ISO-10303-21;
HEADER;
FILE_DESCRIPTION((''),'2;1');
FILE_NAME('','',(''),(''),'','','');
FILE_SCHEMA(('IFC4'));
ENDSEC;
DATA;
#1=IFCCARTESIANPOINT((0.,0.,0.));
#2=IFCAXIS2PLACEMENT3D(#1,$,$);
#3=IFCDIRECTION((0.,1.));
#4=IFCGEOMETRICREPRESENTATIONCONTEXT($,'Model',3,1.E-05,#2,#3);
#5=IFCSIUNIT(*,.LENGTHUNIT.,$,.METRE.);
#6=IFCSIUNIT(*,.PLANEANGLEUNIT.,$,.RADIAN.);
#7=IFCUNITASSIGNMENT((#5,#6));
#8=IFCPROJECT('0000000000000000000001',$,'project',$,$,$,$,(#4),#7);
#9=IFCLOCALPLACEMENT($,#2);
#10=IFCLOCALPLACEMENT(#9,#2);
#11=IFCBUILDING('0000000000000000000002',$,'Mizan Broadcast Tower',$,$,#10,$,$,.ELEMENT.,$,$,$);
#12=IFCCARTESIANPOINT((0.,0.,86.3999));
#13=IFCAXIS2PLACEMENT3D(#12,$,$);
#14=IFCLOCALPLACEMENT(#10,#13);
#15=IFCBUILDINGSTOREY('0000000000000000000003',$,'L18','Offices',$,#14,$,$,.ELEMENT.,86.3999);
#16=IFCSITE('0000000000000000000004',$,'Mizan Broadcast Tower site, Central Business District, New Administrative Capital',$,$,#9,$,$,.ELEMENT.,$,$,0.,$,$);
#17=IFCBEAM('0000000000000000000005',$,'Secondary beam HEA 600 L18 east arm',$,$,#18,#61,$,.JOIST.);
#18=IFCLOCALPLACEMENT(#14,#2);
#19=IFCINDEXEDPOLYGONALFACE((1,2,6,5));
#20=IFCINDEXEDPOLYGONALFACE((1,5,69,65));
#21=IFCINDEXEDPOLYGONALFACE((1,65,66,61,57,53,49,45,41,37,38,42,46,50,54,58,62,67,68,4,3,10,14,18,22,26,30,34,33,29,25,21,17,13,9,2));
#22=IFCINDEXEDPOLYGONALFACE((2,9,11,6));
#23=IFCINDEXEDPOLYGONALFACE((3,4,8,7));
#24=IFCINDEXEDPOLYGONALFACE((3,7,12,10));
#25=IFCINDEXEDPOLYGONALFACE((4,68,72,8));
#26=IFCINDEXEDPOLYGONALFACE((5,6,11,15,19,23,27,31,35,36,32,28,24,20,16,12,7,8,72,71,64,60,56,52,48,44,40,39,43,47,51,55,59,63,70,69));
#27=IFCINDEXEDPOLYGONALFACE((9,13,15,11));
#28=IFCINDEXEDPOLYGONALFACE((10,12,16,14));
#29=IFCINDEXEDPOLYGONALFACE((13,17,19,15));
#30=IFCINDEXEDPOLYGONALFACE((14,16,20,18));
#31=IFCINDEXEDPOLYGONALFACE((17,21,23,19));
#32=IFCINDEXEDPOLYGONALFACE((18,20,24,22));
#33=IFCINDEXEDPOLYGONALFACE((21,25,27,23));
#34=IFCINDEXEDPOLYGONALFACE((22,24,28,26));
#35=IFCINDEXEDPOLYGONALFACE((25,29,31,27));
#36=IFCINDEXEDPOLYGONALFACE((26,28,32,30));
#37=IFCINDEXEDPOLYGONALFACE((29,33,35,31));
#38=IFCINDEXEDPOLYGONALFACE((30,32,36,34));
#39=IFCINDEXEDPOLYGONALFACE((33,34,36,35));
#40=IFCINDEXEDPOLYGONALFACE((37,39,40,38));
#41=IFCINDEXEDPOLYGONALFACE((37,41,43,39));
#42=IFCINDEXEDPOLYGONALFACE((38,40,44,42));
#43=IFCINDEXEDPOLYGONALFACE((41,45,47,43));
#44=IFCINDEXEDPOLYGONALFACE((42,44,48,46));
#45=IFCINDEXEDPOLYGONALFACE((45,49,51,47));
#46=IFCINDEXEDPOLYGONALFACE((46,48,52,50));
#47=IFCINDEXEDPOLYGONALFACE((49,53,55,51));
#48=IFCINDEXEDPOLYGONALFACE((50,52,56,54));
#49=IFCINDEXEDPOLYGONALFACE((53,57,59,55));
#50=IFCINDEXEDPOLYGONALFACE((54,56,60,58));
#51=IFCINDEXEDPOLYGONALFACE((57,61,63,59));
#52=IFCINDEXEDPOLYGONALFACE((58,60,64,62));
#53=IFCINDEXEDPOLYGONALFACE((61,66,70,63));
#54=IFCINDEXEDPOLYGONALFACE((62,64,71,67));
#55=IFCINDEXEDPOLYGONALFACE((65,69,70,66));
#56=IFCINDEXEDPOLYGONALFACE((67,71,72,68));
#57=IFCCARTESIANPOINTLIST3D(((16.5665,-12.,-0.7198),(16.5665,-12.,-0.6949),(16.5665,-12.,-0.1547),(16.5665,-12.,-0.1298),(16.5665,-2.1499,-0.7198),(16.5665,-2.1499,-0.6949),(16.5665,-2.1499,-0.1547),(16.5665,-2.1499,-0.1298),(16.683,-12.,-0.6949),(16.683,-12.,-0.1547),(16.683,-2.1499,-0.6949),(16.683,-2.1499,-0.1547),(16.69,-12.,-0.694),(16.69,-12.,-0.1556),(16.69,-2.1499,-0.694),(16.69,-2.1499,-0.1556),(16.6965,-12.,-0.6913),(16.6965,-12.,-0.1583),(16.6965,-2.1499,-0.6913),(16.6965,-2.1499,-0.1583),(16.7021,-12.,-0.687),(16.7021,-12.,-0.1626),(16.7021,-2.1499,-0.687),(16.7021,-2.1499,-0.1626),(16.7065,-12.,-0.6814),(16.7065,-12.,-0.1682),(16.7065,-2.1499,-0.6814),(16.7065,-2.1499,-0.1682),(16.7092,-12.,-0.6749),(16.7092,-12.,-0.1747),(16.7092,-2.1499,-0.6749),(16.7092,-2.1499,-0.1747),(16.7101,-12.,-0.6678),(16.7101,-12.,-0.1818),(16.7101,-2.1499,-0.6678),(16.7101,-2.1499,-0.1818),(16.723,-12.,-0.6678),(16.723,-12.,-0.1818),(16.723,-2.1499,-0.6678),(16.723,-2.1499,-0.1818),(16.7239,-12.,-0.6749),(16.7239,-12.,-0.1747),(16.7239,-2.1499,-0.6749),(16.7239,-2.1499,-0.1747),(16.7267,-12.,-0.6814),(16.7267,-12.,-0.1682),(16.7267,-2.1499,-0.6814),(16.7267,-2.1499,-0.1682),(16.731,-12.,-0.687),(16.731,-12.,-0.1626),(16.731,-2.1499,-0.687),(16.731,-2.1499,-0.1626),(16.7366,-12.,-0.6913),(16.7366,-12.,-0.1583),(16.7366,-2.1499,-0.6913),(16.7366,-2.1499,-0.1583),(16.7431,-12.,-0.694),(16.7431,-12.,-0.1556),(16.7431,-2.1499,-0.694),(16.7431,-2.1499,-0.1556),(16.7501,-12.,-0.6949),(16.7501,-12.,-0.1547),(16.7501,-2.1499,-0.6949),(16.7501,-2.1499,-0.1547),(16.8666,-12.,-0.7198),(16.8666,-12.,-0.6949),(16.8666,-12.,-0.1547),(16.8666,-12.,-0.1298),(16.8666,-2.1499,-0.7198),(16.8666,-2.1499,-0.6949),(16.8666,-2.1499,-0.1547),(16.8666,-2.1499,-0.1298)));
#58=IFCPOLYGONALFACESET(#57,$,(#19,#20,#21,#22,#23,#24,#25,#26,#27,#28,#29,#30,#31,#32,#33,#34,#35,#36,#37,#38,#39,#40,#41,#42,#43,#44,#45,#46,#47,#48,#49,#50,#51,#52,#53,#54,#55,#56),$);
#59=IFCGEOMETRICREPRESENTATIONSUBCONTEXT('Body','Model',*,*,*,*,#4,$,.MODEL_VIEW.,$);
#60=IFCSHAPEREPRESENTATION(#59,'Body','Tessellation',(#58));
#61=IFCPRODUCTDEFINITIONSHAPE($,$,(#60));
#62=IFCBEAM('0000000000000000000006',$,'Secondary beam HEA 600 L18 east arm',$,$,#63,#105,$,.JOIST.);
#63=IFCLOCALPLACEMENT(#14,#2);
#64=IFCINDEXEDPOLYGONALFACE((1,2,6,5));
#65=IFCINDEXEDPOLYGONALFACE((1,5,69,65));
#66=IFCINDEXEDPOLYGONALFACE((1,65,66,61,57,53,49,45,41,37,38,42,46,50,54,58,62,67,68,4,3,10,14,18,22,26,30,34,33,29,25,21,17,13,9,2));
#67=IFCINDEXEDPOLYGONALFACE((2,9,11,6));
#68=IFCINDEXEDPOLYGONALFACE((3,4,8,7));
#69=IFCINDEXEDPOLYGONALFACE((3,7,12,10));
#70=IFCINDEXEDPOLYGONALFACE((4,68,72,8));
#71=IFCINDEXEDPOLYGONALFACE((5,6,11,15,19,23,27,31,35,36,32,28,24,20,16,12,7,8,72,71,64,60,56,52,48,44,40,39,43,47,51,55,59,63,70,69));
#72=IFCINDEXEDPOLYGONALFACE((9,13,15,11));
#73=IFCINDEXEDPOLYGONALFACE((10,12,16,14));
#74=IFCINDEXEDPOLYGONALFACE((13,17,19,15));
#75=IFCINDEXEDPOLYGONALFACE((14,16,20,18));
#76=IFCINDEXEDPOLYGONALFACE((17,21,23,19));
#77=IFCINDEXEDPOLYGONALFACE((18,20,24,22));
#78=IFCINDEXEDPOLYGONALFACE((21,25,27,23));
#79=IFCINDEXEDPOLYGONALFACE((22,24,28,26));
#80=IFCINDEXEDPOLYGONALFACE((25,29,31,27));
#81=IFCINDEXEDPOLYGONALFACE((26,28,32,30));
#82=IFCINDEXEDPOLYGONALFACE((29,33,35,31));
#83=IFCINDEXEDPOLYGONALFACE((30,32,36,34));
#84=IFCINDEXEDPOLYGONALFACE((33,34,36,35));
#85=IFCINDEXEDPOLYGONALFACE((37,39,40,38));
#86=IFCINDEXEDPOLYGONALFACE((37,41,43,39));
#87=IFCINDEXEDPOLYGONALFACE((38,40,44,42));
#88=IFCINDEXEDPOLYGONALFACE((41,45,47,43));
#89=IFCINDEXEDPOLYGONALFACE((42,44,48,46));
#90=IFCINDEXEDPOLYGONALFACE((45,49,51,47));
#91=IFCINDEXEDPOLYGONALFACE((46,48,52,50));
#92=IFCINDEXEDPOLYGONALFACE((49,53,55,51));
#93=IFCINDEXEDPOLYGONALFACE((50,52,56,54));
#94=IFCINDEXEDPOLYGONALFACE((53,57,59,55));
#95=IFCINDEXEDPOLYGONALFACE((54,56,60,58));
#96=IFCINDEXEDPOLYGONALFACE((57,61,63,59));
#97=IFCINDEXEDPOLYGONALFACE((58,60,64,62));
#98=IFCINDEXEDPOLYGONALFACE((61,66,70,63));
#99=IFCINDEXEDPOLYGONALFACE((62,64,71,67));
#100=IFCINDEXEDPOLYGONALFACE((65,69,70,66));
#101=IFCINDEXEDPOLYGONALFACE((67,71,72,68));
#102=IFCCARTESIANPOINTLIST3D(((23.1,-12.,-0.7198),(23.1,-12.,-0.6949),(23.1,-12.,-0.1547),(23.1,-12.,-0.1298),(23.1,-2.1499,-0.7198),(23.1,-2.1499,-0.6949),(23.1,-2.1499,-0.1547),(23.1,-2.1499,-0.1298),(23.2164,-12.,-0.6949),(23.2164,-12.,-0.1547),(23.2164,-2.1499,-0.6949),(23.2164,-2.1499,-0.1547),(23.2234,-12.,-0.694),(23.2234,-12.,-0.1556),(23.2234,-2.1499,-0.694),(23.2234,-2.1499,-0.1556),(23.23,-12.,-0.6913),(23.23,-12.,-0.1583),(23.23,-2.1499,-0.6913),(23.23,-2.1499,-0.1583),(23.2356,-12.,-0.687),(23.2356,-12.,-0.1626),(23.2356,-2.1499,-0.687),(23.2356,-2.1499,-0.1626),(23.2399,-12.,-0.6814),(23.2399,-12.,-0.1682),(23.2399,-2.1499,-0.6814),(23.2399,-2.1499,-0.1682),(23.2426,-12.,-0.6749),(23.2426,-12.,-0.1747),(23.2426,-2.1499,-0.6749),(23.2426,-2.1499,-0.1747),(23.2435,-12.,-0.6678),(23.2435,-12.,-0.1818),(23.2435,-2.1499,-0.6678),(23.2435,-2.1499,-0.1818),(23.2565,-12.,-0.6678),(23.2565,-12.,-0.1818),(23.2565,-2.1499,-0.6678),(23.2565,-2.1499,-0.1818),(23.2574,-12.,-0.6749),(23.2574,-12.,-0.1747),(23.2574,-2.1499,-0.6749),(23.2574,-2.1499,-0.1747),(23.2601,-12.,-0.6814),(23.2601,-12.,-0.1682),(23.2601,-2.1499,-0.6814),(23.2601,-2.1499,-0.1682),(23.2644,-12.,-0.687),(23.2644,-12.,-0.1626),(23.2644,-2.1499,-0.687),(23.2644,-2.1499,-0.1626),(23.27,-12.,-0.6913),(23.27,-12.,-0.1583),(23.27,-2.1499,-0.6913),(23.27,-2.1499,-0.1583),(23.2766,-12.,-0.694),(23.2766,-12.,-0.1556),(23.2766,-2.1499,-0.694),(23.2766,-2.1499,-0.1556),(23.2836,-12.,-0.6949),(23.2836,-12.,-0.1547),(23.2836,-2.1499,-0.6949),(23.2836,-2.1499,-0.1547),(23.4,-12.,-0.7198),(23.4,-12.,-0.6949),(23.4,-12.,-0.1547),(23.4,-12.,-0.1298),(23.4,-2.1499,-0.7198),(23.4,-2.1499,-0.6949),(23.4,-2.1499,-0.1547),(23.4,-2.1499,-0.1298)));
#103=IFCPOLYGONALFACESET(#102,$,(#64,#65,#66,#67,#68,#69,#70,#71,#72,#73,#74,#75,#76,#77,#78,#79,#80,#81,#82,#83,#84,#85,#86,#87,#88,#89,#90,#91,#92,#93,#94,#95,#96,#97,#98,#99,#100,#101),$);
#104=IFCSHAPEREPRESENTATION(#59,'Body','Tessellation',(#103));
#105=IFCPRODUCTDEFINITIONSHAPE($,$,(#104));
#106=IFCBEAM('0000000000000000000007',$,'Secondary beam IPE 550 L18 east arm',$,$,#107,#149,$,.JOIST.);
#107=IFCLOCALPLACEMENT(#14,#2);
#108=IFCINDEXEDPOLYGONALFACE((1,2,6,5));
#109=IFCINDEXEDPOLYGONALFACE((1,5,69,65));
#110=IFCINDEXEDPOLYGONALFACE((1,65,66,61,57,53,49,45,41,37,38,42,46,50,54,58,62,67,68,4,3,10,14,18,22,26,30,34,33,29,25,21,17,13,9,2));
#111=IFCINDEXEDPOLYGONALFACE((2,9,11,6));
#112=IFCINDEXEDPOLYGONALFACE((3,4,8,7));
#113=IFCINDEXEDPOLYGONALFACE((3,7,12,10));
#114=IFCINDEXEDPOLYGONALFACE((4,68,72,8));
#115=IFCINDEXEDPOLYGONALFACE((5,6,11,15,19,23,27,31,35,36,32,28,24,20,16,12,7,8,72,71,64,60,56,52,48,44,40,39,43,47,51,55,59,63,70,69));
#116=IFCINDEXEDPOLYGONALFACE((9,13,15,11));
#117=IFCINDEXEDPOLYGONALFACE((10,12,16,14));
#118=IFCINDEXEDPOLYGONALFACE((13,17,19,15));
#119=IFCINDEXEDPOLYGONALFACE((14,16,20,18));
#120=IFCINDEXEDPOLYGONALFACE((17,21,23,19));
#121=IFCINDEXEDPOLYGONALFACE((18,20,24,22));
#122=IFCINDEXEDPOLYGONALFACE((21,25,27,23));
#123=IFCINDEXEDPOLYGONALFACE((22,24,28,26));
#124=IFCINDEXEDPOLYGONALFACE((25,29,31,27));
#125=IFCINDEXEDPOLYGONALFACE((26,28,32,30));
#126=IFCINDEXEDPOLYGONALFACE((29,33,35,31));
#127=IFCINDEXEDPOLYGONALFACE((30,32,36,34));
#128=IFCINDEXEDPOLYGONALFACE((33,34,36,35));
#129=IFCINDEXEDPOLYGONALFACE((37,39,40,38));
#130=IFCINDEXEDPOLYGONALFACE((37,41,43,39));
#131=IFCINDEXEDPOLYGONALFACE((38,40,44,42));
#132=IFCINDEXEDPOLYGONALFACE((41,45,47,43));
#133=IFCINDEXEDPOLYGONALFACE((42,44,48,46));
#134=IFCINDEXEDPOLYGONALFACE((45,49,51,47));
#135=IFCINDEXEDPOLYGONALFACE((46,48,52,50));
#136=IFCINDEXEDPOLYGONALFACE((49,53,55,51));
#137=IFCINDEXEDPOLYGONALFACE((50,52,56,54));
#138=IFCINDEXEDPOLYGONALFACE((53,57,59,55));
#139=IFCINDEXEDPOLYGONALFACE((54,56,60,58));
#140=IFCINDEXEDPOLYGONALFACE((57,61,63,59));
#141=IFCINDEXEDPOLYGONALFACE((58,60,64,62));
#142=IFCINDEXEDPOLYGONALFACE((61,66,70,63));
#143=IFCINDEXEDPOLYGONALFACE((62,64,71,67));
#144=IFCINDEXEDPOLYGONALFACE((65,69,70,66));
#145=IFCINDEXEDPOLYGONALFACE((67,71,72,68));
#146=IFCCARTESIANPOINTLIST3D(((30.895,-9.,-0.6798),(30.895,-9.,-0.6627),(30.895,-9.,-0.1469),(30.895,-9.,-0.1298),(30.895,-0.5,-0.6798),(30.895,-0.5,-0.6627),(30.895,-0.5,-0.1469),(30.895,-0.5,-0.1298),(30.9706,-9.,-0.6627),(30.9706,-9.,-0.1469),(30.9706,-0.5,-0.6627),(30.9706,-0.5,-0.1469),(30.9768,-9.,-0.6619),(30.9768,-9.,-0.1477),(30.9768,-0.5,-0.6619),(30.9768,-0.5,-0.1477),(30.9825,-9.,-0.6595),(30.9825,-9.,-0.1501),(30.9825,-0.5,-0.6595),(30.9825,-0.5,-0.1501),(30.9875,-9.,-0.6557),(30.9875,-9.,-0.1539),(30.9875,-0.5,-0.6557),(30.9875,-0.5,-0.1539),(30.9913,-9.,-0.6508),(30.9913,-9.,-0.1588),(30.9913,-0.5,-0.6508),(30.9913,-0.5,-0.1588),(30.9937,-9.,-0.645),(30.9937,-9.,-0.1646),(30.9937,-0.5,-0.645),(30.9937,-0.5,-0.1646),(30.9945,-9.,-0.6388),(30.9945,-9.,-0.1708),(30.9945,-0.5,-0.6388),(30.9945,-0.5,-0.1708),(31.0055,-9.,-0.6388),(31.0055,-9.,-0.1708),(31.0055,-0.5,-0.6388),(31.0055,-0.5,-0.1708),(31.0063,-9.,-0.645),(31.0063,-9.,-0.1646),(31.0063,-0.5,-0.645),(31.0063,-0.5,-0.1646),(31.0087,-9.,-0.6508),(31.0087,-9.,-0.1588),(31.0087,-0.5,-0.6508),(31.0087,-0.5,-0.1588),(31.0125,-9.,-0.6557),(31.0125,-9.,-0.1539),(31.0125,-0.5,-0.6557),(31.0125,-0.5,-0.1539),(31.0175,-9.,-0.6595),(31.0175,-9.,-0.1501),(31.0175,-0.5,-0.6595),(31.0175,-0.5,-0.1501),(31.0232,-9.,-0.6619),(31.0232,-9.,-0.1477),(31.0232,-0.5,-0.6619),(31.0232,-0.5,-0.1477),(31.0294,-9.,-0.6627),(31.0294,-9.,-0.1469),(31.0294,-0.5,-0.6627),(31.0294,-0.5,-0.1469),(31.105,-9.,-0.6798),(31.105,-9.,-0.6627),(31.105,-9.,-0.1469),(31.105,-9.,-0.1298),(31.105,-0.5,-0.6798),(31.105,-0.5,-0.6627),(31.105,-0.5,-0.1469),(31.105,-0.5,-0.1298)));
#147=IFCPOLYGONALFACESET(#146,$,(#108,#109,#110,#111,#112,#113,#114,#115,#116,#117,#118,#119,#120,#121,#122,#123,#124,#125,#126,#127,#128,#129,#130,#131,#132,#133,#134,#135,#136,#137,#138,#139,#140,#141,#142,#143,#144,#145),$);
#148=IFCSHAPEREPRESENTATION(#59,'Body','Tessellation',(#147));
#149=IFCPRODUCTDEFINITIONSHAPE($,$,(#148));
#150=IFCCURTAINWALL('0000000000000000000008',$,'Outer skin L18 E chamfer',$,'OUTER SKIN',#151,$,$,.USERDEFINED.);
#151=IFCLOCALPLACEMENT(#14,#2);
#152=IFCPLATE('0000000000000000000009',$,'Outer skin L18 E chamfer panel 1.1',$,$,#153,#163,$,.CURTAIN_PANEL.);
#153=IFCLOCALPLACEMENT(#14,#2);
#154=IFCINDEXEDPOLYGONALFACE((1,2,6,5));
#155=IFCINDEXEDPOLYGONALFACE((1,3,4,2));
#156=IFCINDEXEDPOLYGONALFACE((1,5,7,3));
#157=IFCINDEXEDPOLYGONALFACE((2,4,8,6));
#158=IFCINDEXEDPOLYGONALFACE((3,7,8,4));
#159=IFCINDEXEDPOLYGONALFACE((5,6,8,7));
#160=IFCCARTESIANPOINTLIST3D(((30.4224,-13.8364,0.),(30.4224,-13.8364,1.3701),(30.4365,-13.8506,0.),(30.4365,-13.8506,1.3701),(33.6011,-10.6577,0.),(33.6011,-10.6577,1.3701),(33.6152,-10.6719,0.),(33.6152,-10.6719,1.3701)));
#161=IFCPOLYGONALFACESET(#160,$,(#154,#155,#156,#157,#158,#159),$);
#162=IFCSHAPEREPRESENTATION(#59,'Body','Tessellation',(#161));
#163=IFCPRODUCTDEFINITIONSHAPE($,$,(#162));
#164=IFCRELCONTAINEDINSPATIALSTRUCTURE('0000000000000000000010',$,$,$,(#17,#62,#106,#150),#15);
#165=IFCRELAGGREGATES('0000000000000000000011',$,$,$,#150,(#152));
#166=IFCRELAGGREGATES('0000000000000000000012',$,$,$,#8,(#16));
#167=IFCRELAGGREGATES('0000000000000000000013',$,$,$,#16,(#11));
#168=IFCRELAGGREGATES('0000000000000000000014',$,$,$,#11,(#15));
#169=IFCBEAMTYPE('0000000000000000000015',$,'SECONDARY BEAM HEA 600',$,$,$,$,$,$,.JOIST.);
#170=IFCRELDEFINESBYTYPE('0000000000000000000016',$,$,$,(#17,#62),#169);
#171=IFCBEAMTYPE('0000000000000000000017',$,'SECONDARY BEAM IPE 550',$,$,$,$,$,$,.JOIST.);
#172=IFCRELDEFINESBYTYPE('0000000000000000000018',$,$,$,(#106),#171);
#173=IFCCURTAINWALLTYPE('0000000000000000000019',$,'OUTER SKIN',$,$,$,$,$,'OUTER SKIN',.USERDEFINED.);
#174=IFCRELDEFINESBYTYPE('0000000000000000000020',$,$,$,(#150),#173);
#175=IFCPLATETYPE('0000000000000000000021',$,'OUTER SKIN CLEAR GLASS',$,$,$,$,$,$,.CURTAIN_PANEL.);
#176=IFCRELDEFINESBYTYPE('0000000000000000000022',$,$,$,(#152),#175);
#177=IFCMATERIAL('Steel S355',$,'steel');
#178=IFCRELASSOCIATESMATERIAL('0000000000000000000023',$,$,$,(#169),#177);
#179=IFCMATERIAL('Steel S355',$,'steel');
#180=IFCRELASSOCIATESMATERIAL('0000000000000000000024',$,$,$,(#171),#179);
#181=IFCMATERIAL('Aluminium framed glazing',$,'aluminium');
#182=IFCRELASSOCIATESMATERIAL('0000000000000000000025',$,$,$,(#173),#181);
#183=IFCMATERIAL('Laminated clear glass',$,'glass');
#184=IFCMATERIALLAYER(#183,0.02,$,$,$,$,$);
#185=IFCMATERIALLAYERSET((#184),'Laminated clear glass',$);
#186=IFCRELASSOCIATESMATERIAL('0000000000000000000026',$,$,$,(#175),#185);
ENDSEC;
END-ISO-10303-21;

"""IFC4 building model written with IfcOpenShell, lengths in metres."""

from ifc_helpers import new_model, si_unit, direction, frame, origin, origin_2d, place, context, subcontext, project, spatial, rectangle, i_section, extrude, material, layer, layer_set, material_profile, profile_set, type_object, element, aggregate, save


model = new_model("IFC4")

# Units and contexts
model_context = context("Model", 3, precision=1e-05, world=origin(), true_north=direction((0.0, 1.0)))
body_context = subcontext(model_context, "Body", "Model", "MODEL_VIEW")
ifc_project = project(units=[si_unit("LENGTHUNIT", "METRE"), si_unit("PLANEANGLEUNIT", "RADIAN")], contexts=[model_context])

# Site, building, storey
site_placement = place(None, origin())
site = spatial("IfcSite", under=ifc_project, at=site_placement, Name="Mizan Broadcast Tower site, Central Business District, New Administrative Capital", CompositionType="ELEMENT", RefElevation=0.0)
building_placement = place(site_placement, origin())
building = spatial("IfcBuilding", under=site, at=building_placement, Name="Mizan Broadcast Tower", CompositionType="ELEMENT")
storey_placement = place(building_placement, frame((0.0, 0.0, 86.3999)))
storey = spatial("IfcBuildingStorey", under=building, at=storey_placement, Name="L18", Description="Offices", CompositionType="ELEMENT", Elevation=86.3999)

# Beams
ifc_material_1 = material(Name="Steel S355", Category="steel")
ifc_material_profile_1 = material_profile(ifc_material_1, i_section(OverallWidth=0.3, OverallDepth=0.5901, WebThickness=0.0129, FlangeThickness=0.0249, FilletRadius=0.0271, at=origin_2d()), Name="HEA 600")
ifc_profile_set_1 = profile_set([ifc_material_profile_1], Name="Steel S355")
beam_type_1 = type_object("IfcBeamType", Name="SECONDARY BEAM HEA 600", PredefinedType="JOIST", material=ifc_profile_set_1)
for number, where, z_axis, x_axis, name in (
    (1, (16.7166, -12.0, -0.4248), (0.0, 1.0, 0.0), (-1.0, 0.0, 0.0), "Secondary beam HEA 600 L18 east arm"),
    (2, (23.25, -12.0, -0.4248), (0.0, 1.0, 0.0), (-1.0, 0.0, 0.0), "Secondary beam HEA 600 L18 east arm"),
):
    element("IfcBeam", number, at=place(storey_placement, frame(where, z_axis=z_axis, x_axis=x_axis)), inside=storey, type_object=beam_type_1, Name=name, PredefinedType="JOIST", context=body_context, shape_type="SweptSolid", body=[
        extrude(i_section(OverallWidth=0.3, OverallDepth=0.5901, WebThickness=0.0129, FlangeThickness=0.0249, FilletRadius=0.0271, at=origin_2d()), origin(), (0.0, 0.0, 1.0), 9.8501),
    ])
ifc_material_2 = material(Name="Steel S355", Category="steel")
ifc_material_profile_2 = material_profile(ifc_material_2, i_section(OverallWidth=0.21, OverallDepth=0.55, WebThickness=0.011, FlangeThickness=0.0171, FilletRadius=0.0239, at=origin_2d()), Name="IPE 550")
ifc_profile_set_2 = profile_set([ifc_material_profile_2], Name="Steel S355")
beam_type_2 = type_object("IfcBeamType", Name="SECONDARY BEAM IPE 550", PredefinedType="JOIST", material=ifc_profile_set_2)
beam_1_placement = place(storey_placement, frame((31.0, -9.0, -0.4048), z_axis=(0.0, 1.0, 0.0), x_axis=(-1.0, 0.0, 0.0)))
element("IfcBeam", 3, at=beam_1_placement, inside=storey, type_object=beam_type_2, Name="Secondary beam IPE 550 L18 east arm", PredefinedType="JOIST", context=body_context, shape_type="SweptSolid", body=[
    extrude(i_section(OverallWidth=0.21, OverallDepth=0.55, WebThickness=0.011, FlangeThickness=0.0171, FilletRadius=0.0239, at=origin_2d()), origin(), (0.0, 0.0, 1.0), 8.5),
])

# Curtain wall, plate
ifc_material_3 = material(Name="Aluminium framed glazing", Category="aluminium")
curtain_wall_type = type_object("IfcCurtainWallType", Name="OUTER SKIN", ElementType="OUTER SKIN", PredefinedType="USERDEFINED", material=ifc_material_3)
curtain_wall_placement = place(storey_placement, origin())
curtain_wall = element("IfcCurtainWall", 4, at=curtain_wall_placement, inside=storey, type_object=curtain_wall_type, Name="Outer skin L18 E chamfer", ObjectType="OUTER SKIN", PredefinedType="USERDEFINED")
ifc_material_4 = material(Name="Laminated clear glass", Category="glass")
ifc_layer_1 = layer(ifc_material_4, 0.02)
ifc_layer_set_1 = layer_set([ifc_layer_1], Name="Laminated clear glass")
plate_type = type_object("IfcPlateType", Name="OUTER SKIN CLEAR GLASS", PredefinedType="CURTAIN_PANEL", material=ifc_layer_set_1)
plate_placement = place(storey_placement, frame((32.0188, -12.2542, 0.0), z_axis=(0.0, 0.0, 1.0), x_axis=(0.707107, 0.707107, 0.0)))
plate = element("IfcPlate", 5, at=plate_placement, type_object=plate_type, Name="Outer skin L18 E chamfer panel 1.1", PredefinedType="CURTAIN_PANEL", context=body_context, shape_type="SweptSolid", body=[
    extrude(rectangle(XDim=4.4954, YDim=0.02, at=origin_2d()), origin(), (0.0, 0.0, 1.0), 1.3701),
])
aggregate(curtain_wall, [plate])

save(model, "model.ifc")
